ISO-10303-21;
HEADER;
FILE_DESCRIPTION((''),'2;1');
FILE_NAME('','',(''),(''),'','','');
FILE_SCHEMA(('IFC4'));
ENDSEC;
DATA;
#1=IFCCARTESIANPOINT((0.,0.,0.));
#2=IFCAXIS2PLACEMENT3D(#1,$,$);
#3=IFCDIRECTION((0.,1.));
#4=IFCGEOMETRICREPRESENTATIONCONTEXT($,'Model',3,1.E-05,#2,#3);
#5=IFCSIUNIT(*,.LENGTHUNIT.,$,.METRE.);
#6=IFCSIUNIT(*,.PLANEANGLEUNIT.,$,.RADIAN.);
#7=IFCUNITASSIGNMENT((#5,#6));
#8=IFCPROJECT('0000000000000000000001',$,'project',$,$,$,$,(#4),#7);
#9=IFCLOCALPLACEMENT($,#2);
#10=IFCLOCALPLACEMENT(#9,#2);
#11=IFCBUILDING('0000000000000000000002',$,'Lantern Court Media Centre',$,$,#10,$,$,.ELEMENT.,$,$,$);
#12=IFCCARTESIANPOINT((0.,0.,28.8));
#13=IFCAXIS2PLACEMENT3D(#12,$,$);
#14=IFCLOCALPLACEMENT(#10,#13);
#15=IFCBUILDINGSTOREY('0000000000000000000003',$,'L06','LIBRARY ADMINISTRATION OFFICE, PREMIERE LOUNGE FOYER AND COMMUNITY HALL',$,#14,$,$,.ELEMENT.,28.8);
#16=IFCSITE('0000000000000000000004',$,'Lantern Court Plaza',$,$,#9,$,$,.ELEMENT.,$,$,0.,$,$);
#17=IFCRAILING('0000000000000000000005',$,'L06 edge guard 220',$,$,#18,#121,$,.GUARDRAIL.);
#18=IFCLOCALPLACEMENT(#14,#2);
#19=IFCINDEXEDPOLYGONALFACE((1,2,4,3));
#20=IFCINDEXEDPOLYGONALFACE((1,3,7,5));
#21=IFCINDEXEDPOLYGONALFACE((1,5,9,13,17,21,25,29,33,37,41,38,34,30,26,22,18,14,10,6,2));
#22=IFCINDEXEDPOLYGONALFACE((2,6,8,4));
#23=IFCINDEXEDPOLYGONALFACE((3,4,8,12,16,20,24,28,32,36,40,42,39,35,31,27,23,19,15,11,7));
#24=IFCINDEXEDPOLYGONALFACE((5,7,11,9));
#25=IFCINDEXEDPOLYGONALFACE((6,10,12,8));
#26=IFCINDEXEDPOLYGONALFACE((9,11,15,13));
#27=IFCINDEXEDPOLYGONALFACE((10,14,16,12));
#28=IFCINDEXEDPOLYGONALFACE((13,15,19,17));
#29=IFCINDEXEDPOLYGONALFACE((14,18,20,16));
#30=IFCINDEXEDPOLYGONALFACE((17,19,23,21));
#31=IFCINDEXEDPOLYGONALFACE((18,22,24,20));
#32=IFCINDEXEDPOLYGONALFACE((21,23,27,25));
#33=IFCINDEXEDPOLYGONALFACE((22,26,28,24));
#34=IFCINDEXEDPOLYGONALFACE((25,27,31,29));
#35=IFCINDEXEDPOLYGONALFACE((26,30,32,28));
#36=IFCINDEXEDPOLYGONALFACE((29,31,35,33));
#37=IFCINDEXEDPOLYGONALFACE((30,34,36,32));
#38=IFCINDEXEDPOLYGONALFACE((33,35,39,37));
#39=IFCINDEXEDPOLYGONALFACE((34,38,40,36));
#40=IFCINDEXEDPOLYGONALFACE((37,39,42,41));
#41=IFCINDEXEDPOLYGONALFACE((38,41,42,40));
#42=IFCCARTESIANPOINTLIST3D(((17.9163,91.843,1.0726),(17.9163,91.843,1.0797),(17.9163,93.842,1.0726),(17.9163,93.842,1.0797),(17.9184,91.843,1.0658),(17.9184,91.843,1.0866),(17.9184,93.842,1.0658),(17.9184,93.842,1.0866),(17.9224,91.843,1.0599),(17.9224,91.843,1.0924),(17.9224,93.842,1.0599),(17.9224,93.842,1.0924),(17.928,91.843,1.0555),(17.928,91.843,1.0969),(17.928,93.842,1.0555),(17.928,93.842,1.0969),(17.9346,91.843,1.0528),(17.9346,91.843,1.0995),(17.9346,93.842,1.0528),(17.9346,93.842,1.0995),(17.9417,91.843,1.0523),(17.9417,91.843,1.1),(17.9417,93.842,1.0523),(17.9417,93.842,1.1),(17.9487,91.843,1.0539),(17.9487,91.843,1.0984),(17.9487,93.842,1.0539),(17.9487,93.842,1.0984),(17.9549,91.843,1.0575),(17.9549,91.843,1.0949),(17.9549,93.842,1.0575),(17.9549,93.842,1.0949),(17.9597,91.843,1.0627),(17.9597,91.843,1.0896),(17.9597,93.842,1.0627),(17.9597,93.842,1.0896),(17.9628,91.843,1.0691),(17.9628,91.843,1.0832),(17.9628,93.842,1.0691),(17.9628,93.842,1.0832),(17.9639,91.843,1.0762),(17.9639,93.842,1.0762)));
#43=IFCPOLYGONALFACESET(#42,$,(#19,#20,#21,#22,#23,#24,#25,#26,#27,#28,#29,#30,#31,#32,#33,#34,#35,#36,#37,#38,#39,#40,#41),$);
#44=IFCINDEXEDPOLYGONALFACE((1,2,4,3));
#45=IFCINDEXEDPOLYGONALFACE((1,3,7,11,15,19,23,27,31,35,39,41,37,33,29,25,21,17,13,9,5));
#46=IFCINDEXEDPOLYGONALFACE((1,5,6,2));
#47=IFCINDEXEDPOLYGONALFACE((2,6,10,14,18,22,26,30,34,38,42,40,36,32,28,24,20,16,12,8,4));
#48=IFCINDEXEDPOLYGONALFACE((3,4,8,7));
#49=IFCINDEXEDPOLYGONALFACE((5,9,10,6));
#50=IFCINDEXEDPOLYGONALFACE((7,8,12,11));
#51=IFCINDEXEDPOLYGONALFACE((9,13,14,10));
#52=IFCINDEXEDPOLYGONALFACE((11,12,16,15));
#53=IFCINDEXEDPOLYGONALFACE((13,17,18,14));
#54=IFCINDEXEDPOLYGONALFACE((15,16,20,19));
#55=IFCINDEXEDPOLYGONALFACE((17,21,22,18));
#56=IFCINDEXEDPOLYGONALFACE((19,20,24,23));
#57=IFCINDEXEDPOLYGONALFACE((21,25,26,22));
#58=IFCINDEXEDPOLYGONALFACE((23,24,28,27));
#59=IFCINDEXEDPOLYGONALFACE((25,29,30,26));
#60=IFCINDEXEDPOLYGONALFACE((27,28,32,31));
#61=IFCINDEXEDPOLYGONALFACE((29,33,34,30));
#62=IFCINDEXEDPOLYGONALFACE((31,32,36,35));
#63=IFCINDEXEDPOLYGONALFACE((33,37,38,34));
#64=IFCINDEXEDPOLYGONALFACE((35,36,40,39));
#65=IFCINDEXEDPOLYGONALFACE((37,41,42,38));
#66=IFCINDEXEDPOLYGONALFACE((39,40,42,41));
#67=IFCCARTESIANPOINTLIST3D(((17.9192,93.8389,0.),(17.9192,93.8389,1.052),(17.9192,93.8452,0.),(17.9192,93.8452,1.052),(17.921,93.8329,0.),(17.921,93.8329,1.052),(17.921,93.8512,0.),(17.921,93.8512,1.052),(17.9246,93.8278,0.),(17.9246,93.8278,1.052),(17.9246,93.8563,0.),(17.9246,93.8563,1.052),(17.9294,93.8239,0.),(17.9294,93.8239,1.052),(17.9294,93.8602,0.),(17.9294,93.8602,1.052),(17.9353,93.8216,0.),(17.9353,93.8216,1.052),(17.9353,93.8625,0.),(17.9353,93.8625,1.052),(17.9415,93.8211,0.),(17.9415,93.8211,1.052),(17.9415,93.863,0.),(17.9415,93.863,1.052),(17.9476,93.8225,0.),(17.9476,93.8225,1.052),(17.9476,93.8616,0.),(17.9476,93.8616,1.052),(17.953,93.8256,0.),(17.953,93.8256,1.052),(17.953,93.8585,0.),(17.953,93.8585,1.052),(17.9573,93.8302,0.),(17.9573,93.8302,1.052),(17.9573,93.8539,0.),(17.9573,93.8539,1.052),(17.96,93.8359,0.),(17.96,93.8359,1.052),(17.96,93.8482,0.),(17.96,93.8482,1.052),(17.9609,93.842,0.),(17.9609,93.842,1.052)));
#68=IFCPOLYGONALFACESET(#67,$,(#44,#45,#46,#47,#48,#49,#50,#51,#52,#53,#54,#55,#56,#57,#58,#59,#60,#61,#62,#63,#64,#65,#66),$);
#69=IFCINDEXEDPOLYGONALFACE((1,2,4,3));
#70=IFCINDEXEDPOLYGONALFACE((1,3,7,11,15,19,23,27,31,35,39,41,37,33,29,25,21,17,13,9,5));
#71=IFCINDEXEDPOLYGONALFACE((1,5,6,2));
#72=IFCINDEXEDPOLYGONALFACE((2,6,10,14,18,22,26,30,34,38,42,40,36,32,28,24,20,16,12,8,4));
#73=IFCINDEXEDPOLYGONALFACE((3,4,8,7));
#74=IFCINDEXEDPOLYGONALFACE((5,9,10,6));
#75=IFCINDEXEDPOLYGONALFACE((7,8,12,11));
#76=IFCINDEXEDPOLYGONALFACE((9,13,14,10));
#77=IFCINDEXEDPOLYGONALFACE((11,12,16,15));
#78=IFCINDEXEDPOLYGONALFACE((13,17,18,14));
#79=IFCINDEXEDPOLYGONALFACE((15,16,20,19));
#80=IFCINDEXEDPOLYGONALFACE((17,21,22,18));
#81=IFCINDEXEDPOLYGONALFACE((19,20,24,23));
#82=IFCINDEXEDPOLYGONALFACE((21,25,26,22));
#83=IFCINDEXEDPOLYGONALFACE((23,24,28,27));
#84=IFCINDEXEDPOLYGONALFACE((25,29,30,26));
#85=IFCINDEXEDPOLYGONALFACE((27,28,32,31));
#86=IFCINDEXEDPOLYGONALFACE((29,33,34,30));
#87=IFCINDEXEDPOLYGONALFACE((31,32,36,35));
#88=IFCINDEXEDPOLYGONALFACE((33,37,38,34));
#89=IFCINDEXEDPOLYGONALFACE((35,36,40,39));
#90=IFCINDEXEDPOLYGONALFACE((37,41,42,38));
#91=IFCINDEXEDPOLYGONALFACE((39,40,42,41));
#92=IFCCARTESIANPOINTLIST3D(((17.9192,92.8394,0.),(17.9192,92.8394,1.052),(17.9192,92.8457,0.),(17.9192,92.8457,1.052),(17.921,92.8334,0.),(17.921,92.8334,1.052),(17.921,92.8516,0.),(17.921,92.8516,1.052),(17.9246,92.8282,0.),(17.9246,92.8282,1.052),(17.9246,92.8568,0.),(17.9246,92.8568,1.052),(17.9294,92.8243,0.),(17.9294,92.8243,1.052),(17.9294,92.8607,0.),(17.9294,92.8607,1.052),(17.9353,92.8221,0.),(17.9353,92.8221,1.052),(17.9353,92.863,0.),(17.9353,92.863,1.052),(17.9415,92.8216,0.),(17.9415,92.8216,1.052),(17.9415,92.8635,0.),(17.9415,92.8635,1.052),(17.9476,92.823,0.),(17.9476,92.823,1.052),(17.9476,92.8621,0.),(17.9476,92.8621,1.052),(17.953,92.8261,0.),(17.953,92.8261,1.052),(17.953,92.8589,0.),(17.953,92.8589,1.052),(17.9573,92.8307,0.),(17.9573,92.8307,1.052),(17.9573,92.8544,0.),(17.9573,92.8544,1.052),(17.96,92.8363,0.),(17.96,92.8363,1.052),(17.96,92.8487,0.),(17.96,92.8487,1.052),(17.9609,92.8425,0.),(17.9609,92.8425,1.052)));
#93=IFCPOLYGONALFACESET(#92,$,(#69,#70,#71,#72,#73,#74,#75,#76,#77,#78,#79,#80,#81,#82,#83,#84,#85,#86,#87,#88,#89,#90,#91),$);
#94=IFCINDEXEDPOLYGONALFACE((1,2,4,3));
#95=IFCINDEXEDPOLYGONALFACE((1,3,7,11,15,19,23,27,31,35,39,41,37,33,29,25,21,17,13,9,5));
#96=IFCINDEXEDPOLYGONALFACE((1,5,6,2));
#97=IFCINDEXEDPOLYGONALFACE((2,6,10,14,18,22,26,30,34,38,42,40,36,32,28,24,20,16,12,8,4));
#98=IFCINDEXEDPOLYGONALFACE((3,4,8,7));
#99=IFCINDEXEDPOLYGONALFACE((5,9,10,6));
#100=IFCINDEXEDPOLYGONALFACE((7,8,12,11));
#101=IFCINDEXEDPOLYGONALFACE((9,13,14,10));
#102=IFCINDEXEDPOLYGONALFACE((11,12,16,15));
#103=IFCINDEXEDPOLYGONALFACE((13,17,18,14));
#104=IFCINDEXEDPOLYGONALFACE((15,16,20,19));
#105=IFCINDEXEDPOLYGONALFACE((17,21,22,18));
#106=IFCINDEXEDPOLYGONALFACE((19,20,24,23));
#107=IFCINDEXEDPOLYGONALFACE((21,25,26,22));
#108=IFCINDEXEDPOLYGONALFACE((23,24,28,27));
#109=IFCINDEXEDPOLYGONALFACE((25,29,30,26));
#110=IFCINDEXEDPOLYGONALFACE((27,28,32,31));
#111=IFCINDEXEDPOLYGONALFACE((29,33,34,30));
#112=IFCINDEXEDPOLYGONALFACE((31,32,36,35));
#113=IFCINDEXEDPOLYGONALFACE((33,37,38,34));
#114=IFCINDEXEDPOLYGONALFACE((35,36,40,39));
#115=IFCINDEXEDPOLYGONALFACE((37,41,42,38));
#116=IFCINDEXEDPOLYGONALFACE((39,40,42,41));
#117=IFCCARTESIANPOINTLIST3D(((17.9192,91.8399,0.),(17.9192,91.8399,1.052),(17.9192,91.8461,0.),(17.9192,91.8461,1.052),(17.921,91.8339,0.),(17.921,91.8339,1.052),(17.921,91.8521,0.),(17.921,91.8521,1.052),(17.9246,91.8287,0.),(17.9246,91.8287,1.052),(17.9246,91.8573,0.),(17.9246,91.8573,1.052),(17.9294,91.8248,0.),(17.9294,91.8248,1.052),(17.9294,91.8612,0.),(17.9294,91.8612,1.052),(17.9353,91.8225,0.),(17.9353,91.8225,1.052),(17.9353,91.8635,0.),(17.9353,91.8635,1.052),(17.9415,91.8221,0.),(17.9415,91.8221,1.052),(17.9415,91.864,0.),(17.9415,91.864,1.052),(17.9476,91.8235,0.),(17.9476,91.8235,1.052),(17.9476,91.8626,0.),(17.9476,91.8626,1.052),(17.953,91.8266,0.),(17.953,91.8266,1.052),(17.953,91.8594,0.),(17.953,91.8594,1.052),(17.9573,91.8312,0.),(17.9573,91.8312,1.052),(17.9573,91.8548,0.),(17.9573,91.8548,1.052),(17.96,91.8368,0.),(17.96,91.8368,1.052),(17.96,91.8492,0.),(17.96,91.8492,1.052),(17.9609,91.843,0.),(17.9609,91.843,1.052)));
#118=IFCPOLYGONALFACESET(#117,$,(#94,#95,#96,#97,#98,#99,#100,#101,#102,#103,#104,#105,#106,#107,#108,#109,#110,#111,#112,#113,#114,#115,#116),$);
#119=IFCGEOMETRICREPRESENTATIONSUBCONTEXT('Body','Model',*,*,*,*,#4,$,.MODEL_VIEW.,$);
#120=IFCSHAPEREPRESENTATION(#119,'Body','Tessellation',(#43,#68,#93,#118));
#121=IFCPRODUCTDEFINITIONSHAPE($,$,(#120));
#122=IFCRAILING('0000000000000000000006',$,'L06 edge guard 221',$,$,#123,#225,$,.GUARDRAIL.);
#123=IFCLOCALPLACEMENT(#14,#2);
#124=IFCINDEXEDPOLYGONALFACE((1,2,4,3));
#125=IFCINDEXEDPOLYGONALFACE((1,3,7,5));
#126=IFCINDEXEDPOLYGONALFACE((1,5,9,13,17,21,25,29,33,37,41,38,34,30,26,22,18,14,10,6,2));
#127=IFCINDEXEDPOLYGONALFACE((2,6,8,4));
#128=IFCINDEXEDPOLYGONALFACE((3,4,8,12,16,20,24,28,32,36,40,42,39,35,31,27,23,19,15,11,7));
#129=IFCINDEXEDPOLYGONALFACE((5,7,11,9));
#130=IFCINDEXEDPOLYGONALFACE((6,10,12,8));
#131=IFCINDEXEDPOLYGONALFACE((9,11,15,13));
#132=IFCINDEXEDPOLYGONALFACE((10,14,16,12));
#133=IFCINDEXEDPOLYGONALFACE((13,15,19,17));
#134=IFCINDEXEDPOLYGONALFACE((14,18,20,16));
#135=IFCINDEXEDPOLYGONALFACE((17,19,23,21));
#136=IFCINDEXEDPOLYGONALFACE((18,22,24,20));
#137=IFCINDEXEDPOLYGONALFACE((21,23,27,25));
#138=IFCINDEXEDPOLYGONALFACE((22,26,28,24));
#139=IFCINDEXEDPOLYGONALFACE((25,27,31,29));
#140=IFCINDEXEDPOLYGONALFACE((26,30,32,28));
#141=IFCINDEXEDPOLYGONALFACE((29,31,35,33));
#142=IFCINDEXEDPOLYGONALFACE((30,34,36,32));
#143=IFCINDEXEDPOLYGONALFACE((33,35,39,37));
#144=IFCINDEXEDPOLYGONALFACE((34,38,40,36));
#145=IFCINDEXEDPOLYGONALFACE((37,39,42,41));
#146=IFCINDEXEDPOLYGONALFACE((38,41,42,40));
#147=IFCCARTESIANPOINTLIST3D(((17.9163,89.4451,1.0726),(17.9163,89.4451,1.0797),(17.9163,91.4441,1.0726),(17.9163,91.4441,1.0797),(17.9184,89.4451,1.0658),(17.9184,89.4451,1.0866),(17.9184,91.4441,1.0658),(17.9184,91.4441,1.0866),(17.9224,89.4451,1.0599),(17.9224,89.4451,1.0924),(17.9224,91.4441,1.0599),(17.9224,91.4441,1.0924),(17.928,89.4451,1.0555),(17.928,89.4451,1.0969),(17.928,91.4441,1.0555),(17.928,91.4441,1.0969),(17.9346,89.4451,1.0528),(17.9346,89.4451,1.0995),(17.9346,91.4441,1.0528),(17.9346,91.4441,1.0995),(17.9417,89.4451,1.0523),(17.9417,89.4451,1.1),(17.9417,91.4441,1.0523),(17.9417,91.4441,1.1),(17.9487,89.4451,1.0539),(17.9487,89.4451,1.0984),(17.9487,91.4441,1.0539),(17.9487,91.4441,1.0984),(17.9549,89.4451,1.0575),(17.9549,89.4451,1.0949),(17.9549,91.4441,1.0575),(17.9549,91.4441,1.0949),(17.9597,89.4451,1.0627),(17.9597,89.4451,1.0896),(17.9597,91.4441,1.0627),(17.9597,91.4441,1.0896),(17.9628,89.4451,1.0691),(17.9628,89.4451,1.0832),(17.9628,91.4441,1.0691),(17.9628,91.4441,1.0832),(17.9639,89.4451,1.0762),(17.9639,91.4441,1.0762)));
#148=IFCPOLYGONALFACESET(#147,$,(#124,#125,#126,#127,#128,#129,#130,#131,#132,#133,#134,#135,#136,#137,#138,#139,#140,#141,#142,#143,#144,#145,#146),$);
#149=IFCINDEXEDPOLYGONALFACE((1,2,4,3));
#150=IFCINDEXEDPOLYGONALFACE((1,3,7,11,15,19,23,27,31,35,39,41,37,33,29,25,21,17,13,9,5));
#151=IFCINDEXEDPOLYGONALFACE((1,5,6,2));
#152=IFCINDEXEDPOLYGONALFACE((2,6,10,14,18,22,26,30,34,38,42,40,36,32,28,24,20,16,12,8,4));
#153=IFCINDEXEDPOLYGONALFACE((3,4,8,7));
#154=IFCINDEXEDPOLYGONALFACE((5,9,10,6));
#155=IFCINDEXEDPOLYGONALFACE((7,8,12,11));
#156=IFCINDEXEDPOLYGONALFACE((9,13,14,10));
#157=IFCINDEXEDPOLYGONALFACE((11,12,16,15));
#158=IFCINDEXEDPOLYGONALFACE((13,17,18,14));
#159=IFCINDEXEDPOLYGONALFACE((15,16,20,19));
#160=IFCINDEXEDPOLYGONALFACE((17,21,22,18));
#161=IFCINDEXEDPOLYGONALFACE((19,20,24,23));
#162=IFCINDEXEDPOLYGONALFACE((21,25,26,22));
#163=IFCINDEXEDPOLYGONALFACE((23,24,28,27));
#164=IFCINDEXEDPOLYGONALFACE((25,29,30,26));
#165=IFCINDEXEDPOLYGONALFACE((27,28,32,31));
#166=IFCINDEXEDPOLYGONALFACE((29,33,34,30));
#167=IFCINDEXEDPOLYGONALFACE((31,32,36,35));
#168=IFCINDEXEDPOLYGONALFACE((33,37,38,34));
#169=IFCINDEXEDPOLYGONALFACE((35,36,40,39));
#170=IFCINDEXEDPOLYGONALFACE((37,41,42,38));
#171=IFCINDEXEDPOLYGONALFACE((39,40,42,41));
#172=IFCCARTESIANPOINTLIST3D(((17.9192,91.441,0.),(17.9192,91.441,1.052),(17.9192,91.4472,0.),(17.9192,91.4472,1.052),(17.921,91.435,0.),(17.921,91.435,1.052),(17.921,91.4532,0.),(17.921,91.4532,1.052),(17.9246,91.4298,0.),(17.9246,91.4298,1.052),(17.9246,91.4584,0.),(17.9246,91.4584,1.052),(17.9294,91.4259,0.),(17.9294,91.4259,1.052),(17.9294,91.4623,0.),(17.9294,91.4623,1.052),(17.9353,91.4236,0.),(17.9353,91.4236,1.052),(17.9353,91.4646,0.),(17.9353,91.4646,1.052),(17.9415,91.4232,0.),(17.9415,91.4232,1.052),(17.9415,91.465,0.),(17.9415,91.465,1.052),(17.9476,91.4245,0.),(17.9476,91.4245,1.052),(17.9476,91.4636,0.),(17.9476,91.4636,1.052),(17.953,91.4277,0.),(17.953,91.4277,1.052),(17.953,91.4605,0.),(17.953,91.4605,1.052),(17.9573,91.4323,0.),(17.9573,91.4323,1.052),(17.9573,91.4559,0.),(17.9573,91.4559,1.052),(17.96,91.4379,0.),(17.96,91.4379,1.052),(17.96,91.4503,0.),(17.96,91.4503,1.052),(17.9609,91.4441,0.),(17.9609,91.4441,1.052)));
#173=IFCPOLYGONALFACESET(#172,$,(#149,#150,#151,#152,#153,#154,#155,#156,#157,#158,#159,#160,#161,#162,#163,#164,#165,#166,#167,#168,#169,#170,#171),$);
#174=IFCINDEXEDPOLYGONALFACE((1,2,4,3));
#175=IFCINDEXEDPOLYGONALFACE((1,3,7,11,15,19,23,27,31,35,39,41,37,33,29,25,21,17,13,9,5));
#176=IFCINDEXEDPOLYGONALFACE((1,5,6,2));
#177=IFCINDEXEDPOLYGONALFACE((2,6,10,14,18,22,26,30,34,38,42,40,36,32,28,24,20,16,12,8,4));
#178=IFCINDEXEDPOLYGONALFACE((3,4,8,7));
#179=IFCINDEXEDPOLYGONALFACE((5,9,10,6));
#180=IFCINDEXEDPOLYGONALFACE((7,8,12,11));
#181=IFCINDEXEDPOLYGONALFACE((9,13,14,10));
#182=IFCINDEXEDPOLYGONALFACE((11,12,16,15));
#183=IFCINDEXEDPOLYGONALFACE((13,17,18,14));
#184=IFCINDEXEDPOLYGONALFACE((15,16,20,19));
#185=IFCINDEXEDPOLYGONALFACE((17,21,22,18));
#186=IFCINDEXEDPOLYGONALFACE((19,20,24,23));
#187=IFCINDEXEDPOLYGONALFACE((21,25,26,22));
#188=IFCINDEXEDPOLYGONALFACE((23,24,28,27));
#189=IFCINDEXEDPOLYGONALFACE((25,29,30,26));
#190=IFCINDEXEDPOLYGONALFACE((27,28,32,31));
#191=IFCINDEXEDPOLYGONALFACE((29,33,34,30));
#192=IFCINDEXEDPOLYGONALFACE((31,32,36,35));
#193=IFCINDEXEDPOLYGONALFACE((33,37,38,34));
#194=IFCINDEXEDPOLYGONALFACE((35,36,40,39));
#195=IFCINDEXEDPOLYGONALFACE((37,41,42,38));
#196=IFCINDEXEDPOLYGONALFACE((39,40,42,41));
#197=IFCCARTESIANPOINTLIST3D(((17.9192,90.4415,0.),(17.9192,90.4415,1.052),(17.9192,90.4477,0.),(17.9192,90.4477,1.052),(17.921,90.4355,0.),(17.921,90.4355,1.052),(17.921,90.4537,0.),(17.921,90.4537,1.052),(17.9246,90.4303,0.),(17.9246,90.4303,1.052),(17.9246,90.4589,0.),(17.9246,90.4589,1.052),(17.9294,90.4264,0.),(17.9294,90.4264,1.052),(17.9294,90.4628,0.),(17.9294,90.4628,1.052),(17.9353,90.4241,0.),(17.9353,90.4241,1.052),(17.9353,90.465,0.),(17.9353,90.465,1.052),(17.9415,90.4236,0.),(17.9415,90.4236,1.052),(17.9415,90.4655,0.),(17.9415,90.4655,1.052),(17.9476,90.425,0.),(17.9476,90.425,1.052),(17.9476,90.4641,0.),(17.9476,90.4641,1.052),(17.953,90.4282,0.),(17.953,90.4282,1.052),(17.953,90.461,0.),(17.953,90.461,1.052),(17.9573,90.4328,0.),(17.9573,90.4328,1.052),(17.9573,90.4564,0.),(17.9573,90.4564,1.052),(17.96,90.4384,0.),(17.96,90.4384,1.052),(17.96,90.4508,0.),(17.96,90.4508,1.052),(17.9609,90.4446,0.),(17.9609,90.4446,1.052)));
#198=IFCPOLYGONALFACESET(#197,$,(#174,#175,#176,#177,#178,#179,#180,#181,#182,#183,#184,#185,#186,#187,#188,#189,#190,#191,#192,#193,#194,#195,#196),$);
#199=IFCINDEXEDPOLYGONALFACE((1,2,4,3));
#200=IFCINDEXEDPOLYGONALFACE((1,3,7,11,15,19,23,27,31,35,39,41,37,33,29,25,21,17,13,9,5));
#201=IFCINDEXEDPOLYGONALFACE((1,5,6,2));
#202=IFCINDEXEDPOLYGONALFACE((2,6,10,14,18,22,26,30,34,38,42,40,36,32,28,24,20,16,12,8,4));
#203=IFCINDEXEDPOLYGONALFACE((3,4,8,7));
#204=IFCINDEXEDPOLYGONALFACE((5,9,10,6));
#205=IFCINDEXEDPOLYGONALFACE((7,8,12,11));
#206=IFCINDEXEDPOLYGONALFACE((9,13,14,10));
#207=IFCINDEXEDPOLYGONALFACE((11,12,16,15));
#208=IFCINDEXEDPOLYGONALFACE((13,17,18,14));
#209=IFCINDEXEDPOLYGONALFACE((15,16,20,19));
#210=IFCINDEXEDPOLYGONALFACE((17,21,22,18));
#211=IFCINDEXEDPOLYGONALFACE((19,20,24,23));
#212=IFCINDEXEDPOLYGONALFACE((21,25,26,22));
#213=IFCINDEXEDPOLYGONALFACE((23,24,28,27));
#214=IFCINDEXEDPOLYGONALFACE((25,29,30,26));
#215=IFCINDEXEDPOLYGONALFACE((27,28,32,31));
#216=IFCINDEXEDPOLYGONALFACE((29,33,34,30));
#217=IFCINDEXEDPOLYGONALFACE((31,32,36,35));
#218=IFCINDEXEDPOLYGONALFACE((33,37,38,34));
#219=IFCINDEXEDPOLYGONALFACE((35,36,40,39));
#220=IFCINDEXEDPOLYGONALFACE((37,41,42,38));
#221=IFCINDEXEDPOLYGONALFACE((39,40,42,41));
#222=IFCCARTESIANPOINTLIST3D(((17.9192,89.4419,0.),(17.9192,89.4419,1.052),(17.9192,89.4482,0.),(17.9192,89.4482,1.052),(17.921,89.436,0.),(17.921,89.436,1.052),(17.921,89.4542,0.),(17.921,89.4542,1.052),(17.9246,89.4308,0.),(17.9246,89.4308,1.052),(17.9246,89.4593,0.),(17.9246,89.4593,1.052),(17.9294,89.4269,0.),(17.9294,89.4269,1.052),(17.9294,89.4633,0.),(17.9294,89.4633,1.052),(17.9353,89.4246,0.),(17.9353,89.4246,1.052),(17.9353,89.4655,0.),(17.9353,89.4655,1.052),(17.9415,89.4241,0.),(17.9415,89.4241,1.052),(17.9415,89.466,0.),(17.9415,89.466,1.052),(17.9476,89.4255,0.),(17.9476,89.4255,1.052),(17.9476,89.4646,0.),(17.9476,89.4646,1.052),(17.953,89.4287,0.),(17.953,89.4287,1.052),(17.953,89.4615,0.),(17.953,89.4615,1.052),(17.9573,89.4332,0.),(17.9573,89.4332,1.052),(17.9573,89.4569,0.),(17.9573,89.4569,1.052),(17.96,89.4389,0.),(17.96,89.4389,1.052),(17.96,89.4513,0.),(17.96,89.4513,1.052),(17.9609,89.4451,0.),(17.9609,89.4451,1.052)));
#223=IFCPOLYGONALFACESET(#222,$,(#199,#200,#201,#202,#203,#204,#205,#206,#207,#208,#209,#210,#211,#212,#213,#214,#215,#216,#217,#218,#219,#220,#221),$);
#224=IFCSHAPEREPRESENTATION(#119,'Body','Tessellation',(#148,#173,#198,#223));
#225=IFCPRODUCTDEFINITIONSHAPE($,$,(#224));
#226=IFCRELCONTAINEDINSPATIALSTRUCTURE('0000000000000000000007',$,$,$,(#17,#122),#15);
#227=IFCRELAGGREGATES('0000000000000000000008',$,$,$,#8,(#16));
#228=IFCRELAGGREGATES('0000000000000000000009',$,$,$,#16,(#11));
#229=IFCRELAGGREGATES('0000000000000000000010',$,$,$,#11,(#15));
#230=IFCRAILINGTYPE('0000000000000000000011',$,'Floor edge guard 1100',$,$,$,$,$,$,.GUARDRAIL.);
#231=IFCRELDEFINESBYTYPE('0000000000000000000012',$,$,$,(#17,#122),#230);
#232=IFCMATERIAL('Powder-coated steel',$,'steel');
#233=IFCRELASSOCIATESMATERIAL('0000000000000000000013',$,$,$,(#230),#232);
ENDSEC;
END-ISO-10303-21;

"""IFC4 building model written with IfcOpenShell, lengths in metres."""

from ifc_helpers import new_model, si_unit, direction, frame, origin, origin_2d, place, context, subcontext, project, spatial, circle, extrude, material, type_object, element, save


model = new_model("IFC4")

# Units and contexts
model_context = context("Model", 3, precision=1e-05, world=origin(), true_north=direction((0.0, 1.0)))
body_context = subcontext(model_context, "Body", "Model", "MODEL_VIEW")
ifc_project = project(units=[si_unit("LENGTHUNIT", "METRE"), si_unit("PLANEANGLEUNIT", "RADIAN")], contexts=[model_context])

# Site, building, storey
site_placement = place(None, origin())
site = spatial("IfcSite", under=ifc_project, at=site_placement, Name="Lantern Court Plaza", CompositionType="ELEMENT", RefElevation=0.0)
building_placement = place(site_placement, origin())
building = spatial("IfcBuilding", under=site, at=building_placement, Name="Lantern Court Media Centre", CompositionType="ELEMENT")
storey_placement = place(building_placement, frame((0.0, 0.0, 28.8)))
storey = spatial("IfcBuildingStorey", under=building, at=storey_placement, Name="L06", Description="LIBRARY ADMINISTRATION OFFICE, PREMIERE LOUNGE FOYER AND COMMUNITY HALL", CompositionType="ELEMENT", Elevation=28.8)

# Railings
ifc_material_1 = material(Name="Powder-coated steel", Category="steel")
railing_type = type_object("IfcRailingType", Name="Floor edge guard 1100", PredefinedType="GUARDRAIL", material=ifc_material_1)
for number, where, name in (
    (1, (17.9399, 93.842, 0.0), "L06 edge guard 220"),
    (2, (17.9399, 91.4441, 0.0), "L06 edge guard 221"),
):
    element("IfcRailing", number, at=place(storey_placement, frame(where)), inside=storey, type_object=railing_type, Name=name, PredefinedType="GUARDRAIL", context=body_context, shape_type="SweptSolid", body=[
        extrude(circle(Radius=0.0239, at=origin_2d()), frame((0.0, 0.0, 1.0762), z_axis=(0.0, -1.0, 0.0), x_axis=(1.0, 0.0, 0.0)), (0.0, 0.0, 1.0), 1.999),
        extrude(circle(Radius=0.021, at=origin_2d()), origin(), (0.0, 0.0, 1.0), 1.052),
        extrude(circle(Radius=0.021, at=origin_2d()), frame((0.0, -0.9995, 0.0)), (0.0, 0.0, 1.0), 1.052),
        extrude(circle(Radius=0.021, at=origin_2d()), frame((0.0, -1.999, 0.0)), (0.0, 0.0, 1.0), 1.052),
    ])

save(model, "model.ifc")
